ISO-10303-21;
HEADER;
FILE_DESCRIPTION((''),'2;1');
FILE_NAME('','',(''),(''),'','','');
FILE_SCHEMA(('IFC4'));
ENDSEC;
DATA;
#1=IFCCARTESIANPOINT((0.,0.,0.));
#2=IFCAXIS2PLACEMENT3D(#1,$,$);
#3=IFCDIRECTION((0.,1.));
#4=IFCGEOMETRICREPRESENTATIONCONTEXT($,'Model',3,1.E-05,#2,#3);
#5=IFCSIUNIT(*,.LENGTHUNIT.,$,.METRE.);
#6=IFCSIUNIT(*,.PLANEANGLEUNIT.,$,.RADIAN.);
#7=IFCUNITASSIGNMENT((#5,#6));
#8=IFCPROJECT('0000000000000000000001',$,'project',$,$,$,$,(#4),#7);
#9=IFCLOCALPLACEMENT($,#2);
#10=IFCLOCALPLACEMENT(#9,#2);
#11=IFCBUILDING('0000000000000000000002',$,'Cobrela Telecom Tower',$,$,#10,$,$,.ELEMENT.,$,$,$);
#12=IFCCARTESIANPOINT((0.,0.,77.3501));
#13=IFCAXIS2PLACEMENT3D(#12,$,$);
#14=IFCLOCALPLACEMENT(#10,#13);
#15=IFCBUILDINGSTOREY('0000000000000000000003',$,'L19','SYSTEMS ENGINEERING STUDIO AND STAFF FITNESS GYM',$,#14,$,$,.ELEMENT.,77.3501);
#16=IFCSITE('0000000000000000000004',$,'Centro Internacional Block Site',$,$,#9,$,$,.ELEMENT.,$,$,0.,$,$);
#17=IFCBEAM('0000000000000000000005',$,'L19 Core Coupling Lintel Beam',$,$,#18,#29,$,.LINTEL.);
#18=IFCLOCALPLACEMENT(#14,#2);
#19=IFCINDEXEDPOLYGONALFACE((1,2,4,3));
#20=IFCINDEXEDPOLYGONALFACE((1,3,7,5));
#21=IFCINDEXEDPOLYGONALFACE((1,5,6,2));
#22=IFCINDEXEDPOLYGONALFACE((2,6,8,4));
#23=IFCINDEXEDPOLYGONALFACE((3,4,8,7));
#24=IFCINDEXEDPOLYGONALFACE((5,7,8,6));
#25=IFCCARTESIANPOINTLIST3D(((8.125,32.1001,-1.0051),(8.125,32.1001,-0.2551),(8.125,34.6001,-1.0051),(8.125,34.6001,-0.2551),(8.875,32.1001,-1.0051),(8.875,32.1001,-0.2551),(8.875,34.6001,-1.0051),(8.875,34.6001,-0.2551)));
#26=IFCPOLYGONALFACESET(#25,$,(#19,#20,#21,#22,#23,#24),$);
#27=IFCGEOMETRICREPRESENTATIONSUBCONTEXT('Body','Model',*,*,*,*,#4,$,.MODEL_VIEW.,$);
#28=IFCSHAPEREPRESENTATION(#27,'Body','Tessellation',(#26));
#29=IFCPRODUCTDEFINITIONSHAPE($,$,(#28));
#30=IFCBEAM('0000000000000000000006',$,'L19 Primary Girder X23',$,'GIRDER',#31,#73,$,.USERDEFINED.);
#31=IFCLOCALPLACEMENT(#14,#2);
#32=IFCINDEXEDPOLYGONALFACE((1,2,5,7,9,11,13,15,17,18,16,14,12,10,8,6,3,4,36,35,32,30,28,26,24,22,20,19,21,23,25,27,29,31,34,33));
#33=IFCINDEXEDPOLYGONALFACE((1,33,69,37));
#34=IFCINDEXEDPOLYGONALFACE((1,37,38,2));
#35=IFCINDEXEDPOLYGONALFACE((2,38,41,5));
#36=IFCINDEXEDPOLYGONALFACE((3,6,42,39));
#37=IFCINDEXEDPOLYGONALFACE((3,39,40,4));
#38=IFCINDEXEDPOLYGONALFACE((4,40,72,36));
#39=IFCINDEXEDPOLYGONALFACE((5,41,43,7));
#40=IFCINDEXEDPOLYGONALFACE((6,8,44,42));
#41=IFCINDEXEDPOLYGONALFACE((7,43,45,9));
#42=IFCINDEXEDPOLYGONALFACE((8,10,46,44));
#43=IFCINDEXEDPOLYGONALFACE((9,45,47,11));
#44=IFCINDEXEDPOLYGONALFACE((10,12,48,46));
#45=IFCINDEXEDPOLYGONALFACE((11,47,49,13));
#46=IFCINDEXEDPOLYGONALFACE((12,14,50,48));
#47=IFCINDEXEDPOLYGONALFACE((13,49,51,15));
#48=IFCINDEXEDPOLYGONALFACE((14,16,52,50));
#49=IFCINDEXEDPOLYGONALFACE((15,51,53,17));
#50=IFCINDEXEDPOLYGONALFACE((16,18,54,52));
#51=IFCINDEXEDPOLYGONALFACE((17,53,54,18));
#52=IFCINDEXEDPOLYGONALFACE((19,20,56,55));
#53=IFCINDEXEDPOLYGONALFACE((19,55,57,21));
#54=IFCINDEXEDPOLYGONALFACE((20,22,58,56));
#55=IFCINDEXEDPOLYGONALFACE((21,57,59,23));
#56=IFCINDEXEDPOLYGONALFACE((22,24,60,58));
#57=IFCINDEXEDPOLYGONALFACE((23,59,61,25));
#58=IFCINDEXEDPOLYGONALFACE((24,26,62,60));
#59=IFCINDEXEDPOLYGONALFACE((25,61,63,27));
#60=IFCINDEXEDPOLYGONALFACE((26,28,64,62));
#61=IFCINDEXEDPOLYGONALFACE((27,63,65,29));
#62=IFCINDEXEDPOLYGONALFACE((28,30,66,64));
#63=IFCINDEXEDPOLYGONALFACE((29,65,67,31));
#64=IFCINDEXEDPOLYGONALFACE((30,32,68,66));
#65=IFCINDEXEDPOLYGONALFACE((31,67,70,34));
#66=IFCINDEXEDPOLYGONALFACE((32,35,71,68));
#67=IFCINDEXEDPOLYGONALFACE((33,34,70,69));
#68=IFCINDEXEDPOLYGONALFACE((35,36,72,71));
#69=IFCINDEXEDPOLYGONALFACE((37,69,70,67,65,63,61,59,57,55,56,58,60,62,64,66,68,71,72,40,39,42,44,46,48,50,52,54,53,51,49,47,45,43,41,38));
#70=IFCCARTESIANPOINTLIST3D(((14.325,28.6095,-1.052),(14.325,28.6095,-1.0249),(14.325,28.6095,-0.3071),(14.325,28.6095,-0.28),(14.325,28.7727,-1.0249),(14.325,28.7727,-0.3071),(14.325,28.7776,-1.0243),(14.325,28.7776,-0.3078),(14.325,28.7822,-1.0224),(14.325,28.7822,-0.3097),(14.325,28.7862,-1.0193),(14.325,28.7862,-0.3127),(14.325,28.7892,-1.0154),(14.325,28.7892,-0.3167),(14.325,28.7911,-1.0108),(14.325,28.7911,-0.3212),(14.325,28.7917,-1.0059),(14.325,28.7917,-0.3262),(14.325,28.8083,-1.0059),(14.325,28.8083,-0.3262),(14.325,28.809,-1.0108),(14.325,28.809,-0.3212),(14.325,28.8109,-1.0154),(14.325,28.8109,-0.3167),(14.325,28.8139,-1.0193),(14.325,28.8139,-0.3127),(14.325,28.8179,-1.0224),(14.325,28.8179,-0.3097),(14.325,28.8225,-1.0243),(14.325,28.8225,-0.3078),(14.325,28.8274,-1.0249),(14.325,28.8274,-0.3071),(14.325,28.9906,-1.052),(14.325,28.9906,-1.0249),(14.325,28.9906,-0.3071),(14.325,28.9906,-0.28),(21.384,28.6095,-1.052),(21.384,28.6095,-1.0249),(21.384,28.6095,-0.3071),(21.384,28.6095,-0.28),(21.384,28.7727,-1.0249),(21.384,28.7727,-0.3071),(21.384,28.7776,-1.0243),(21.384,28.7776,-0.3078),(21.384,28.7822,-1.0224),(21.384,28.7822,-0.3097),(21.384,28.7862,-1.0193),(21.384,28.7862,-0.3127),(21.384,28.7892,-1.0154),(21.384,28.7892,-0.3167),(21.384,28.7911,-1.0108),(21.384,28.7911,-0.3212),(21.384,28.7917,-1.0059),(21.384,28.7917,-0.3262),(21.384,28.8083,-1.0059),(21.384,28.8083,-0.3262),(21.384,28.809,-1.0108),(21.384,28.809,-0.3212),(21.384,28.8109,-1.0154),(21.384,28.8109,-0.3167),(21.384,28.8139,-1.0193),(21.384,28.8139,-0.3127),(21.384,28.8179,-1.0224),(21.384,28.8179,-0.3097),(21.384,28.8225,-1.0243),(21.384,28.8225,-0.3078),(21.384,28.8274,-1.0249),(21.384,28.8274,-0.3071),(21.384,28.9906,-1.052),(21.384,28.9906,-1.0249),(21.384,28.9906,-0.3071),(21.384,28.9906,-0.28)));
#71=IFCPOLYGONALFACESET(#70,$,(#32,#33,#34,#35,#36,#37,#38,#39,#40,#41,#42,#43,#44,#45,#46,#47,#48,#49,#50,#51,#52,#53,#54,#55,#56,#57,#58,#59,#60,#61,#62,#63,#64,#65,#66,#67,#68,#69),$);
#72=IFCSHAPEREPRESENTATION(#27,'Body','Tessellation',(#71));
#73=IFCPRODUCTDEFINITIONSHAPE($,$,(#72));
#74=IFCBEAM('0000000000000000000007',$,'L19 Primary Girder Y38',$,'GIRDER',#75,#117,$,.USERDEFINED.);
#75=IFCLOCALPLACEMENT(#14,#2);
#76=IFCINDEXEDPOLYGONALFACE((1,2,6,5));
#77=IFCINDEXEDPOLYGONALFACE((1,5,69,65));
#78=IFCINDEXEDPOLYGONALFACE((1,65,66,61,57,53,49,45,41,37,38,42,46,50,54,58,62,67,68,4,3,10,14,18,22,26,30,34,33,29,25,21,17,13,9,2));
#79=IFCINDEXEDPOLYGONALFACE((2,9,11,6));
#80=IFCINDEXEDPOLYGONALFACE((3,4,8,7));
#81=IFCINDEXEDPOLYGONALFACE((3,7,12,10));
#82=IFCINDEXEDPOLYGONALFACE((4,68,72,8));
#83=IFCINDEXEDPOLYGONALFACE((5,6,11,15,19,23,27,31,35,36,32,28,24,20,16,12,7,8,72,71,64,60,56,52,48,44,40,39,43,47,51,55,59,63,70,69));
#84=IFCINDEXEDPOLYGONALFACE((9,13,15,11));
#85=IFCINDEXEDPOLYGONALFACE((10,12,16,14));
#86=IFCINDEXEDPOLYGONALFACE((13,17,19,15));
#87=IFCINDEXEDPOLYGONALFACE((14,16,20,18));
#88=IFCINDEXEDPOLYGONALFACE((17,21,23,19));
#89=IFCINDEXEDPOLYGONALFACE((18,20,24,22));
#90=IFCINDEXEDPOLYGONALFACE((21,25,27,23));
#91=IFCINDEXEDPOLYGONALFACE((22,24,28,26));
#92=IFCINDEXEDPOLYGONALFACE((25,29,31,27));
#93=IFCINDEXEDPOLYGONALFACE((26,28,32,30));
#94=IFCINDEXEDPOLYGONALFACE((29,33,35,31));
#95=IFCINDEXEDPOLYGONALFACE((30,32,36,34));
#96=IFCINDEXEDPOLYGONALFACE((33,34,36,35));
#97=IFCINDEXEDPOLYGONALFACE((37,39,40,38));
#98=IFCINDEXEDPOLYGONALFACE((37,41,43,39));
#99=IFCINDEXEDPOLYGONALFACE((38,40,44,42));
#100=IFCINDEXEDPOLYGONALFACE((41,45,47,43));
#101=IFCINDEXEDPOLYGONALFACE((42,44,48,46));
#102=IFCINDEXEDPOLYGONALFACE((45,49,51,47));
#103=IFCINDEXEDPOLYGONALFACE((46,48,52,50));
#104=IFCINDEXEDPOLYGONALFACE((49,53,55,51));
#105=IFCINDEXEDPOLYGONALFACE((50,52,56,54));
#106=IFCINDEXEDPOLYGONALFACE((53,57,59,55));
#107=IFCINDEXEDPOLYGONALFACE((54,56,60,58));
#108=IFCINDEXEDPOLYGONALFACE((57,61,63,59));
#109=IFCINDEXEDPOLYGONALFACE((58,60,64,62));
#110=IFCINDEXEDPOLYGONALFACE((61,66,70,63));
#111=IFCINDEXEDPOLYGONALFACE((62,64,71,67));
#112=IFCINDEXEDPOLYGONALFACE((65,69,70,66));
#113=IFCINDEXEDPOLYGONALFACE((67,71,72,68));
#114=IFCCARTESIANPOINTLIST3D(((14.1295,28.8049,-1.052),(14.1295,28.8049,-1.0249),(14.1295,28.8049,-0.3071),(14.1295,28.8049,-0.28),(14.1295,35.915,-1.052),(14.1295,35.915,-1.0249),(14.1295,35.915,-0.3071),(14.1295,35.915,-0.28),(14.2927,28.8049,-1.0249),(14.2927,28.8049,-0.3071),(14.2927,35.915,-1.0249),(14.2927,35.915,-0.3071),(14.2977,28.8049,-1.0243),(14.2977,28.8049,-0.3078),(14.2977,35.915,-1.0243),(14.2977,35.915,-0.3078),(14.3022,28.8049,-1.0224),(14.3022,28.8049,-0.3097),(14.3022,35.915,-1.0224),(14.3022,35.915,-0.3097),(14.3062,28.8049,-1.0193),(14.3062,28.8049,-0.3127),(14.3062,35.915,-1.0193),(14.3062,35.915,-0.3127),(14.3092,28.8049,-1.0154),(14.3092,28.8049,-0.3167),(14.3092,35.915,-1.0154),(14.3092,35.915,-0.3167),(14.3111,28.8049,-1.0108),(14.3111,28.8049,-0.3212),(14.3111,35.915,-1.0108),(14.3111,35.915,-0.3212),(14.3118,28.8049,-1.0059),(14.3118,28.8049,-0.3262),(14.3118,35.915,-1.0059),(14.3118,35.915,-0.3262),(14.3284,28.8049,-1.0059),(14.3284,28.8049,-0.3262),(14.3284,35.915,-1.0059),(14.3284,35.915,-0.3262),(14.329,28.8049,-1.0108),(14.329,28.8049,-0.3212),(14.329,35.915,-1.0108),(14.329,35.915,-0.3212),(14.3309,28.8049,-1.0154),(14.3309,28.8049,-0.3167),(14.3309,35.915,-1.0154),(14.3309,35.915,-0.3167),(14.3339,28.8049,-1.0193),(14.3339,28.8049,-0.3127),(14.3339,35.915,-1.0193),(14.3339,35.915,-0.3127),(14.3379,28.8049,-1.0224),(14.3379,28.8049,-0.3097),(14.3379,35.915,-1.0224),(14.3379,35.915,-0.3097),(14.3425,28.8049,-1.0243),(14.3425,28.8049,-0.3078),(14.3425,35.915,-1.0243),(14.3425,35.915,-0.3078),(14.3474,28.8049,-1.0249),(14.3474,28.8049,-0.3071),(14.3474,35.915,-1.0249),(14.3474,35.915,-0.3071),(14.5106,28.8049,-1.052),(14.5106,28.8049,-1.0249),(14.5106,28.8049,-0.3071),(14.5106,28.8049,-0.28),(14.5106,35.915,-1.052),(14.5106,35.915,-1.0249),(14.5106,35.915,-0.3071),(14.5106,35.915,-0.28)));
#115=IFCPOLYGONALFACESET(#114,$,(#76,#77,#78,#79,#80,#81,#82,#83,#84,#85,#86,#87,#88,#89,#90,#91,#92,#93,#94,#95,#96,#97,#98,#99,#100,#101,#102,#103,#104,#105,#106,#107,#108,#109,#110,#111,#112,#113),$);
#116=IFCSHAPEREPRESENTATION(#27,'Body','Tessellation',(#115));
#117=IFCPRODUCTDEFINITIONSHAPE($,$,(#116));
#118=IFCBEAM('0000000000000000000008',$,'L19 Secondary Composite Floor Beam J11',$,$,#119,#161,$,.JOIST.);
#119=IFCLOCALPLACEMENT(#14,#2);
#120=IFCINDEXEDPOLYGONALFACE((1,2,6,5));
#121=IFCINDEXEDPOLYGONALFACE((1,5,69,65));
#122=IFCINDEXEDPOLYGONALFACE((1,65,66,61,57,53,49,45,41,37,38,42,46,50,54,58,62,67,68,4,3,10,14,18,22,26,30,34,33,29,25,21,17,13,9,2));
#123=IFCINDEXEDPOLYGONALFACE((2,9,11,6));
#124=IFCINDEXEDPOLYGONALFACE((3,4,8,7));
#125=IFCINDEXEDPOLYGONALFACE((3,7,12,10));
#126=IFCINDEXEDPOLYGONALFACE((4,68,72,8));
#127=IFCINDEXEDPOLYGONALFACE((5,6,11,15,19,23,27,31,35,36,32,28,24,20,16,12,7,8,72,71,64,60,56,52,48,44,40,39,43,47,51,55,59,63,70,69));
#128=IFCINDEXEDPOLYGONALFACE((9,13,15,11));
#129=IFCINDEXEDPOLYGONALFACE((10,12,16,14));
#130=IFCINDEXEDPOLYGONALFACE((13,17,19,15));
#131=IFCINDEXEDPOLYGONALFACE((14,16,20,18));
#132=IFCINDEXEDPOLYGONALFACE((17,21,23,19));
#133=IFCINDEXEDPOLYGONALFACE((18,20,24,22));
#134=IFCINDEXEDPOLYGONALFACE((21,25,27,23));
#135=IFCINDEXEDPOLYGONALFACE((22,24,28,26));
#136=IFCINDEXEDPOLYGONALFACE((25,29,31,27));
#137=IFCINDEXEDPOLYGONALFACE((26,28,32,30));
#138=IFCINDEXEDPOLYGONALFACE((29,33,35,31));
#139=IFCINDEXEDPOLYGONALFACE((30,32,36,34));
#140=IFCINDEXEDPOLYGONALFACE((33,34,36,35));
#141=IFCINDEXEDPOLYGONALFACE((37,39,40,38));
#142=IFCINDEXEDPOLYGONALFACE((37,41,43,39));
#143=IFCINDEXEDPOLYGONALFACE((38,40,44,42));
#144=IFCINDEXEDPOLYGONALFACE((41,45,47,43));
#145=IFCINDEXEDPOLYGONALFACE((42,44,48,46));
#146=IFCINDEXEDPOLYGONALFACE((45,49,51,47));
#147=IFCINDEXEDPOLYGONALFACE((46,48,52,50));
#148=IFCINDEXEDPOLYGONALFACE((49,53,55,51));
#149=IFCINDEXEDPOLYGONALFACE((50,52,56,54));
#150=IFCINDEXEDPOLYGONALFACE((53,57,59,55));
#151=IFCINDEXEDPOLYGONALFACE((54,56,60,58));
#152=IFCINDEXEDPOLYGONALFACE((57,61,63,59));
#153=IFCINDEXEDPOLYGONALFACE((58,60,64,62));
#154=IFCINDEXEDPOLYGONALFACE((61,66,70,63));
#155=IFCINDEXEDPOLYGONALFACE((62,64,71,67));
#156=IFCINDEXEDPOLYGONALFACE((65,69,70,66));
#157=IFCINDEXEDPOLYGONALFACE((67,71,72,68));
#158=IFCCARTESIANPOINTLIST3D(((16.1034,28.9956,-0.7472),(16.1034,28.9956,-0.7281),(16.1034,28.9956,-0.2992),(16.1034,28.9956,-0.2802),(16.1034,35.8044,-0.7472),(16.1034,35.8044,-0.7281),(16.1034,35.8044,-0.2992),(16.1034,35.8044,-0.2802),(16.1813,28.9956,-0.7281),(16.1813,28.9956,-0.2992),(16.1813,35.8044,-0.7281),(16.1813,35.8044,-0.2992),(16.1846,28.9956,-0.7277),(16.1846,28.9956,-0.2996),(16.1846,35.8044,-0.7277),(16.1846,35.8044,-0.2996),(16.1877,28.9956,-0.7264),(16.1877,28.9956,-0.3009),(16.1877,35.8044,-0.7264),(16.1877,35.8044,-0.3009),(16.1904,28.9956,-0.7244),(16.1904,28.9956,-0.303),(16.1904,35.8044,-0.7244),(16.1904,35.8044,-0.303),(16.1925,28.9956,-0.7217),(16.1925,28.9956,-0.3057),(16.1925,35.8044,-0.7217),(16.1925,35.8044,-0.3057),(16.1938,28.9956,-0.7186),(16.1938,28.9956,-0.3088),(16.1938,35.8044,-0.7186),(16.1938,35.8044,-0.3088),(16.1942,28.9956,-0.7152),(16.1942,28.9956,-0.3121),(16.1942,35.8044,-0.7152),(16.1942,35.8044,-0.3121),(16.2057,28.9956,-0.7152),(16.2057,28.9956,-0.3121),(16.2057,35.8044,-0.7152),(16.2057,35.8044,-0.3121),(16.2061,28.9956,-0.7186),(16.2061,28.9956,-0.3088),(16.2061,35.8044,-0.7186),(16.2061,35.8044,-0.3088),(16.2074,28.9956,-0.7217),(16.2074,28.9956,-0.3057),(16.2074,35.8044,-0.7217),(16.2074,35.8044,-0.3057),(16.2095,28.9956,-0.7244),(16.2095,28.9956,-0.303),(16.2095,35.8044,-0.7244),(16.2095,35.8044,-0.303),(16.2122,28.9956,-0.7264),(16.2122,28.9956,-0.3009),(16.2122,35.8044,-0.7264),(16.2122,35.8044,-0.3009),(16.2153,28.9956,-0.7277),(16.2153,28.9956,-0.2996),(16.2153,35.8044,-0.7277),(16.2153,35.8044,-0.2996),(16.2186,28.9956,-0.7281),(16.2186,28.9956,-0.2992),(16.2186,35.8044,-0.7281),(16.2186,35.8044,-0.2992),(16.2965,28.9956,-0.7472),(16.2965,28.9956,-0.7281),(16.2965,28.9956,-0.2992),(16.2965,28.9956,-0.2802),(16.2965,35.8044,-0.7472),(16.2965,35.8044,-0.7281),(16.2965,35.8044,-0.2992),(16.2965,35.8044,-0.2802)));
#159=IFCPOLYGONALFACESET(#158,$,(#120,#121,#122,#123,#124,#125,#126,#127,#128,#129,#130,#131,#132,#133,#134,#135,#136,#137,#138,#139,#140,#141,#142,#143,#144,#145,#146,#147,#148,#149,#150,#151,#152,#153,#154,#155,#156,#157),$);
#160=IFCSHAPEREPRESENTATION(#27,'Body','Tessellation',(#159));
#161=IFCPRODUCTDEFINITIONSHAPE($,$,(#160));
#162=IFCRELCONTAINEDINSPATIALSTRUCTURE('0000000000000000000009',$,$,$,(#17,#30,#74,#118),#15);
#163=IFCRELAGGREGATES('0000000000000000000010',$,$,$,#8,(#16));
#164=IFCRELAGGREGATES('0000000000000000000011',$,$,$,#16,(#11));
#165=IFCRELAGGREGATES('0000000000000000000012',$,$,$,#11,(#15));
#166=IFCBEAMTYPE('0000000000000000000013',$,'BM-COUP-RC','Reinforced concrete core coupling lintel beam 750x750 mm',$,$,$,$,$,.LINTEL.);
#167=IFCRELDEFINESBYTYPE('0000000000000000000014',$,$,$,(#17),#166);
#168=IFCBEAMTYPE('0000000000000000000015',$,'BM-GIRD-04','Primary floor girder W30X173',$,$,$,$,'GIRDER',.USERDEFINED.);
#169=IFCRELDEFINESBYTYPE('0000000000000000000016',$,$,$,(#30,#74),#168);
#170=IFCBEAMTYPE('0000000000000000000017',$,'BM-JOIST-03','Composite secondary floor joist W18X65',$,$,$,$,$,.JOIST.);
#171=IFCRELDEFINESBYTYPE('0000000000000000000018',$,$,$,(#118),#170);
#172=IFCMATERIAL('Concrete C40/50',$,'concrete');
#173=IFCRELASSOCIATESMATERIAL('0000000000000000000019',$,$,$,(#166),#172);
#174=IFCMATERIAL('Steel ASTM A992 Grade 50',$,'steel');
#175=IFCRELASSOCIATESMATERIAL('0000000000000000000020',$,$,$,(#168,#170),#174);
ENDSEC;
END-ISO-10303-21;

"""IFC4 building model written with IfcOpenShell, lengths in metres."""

from ifc_helpers import new_model, si_unit, direction, frame, origin, origin_2d, place, context, subcontext, project, spatial, rectangle, i_section, extrude, material, material_profile, profile_set, type_object, element, save


model = new_model("IFC4")

# Units and contexts
model_context = context("Model", 3, precision=1e-05, world=origin(), true_north=direction((0.0, 1.0)))
body_context = subcontext(model_context, "Body", "Model", "MODEL_VIEW")
ifc_project = project(units=[si_unit("LENGTHUNIT", "METRE"), si_unit("PLANEANGLEUNIT", "RADIAN")], contexts=[model_context])

# Site, building, storey
site_placement = place(None, origin())
site = spatial("IfcSite", under=ifc_project, at=site_placement, Name="Centro Internacional Block Site", CompositionType="ELEMENT", RefElevation=0.0)
building_placement = place(site_placement, origin())
building = spatial("IfcBuilding", under=site, at=building_placement, Name="Cobrela Telecom Tower", CompositionType="ELEMENT")
storey_placement = place(building_placement, frame((0.0, 0.0, 77.3501)))
storey = spatial("IfcBuildingStorey", under=building, at=storey_placement, Name="L19", Description="SYSTEMS ENGINEERING STUDIO AND STAFF FITNESS GYM", CompositionType="ELEMENT", Elevation=77.3501)

# Beams
ifc_material_1 = material(Name="Concrete C40/50", Category="concrete")
ifc_material_profile_1 = material_profile(ifc_material_1, rectangle(XDim=0.75, YDim=0.75, at=origin_2d()), Name="RC 750x750")
ifc_profile_set_1 = profile_set([ifc_material_profile_1], Name="Concrete C40/50")
beam_type_1 = type_object("IfcBeamType", Name="BM-COUP-RC", Description="Reinforced concrete core coupling lintel beam 750x750 mm", PredefinedType="LINTEL", material=ifc_profile_set_1)
beam_1_placement = place(storey_placement, frame((8.5, 32.1001, -0.6301), z_axis=(0.0, 1.0, 0.0), x_axis=(-1.0, 0.0, 0.0)))
element("IfcBeam", 1, at=beam_1_placement, inside=storey, type_object=beam_type_1, Name="L19 Core Coupling Lintel Beam", PredefinedType="LINTEL", context=body_context, shape_type="SweptSolid", body=[
    extrude(rectangle(XDim=0.75, YDim=0.75, at=origin_2d()), origin(), (0.0, 0.0, 1.0), 2.5),
])
ifc_material_2 = material(Name="Steel ASTM A992 Grade 50", Category="steel")
ifc_material_profile_2 = material_profile(ifc_material_2, i_section(OverallWidth=0.3811, OverallDepth=0.772, WebThickness=0.0166, FlangeThickness=0.0271, FilletRadius=0.019, at=origin_2d()), Name="W30X173")
ifc_profile_set_2 = profile_set([ifc_material_profile_2], Name="Steel ASTM A992 Grade 50")
beam_type_2 = type_object("IfcBeamType", Name="BM-GIRD-04", Description="Primary floor girder W30X173", ElementType="GIRDER", PredefinedType="USERDEFINED", material=ifc_profile_set_2)
beam_2_placement = place(storey_placement, frame((14.325, 28.8, -0.666), z_axis=(1.0, 0.0, 0.0), x_axis=(0.0, 1.0, 0.0)))
element("IfcBeam", 2, at=beam_2_placement, inside=storey, type_object=beam_type_2, Name="L19 Primary Girder X23", ObjectType="GIRDER", PredefinedType="USERDEFINED", context=body_context, shape_type="SweptSolid", body=[
    extrude(i_section(OverallWidth=0.3811, OverallDepth=0.772, WebThickness=0.0166, FlangeThickness=0.0271, FilletRadius=0.019, at=origin_2d()), origin(), (0.0, 0.0, 1.0), 7.0591),
])
beam_3_placement = place(storey_placement, frame((14.3201, 28.8049, -0.666), z_axis=(0.0, 1.0, 0.0), x_axis=(-1.0, 0.0, 0.0)))
element("IfcBeam", 3, at=beam_3_placement, inside=storey, type_object=beam_type_2, Name="L19 Primary Girder Y38", ObjectType="GIRDER", PredefinedType="USERDEFINED", context=body_context, shape_type="SweptSolid", body=[
    extrude(i_section(OverallWidth=0.3811, OverallDepth=0.772, WebThickness=0.0166, FlangeThickness=0.0271, FilletRadius=0.019, at=origin_2d()), origin(), (0.0, 0.0, 1.0), 7.1101),
])
ifc_material_profile_3 = material_profile(ifc_material_2, i_section(OverallWidth=0.1931, OverallDepth=0.467, WebThickness=0.0115, FlangeThickness=0.019, FilletRadius=0.0129, at=origin_2d()), Name="W18X65")
ifc_profile_set_3 = profile_set([ifc_material_profile_3], Name="Steel ASTM A992 Grade 50")
beam_type_3 = type_object("IfcBeamType", Name="BM-JOIST-03", Description="Composite secondary floor joist W18X65", PredefinedType="JOIST", material=ifc_profile_set_3)
for number, where, z_axis, x_axis, name in (
    (4, (16.2, 28.9956, -0.5137), (0.0, 1.0, 0.0), (-1.0, 0.0, 0.0), "L19 Secondary Composite Floor Beam J11"),
):
    element("IfcBeam", number, at=place(storey_placement, frame(where, z_axis=z_axis, x_axis=x_axis)), inside=storey, type_object=beam_type_3, Name=name, PredefinedType="JOIST", context=body_context, shape_type="SweptSolid", body=[
        extrude(i_section(OverallWidth=0.1931, OverallDepth=0.467, WebThickness=0.0115, FlangeThickness=0.019, FilletRadius=0.0129, at=origin_2d()), origin(), (0.0, 0.0, 1.0), 6.8088),
    ])

save(model, "model.ifc")
